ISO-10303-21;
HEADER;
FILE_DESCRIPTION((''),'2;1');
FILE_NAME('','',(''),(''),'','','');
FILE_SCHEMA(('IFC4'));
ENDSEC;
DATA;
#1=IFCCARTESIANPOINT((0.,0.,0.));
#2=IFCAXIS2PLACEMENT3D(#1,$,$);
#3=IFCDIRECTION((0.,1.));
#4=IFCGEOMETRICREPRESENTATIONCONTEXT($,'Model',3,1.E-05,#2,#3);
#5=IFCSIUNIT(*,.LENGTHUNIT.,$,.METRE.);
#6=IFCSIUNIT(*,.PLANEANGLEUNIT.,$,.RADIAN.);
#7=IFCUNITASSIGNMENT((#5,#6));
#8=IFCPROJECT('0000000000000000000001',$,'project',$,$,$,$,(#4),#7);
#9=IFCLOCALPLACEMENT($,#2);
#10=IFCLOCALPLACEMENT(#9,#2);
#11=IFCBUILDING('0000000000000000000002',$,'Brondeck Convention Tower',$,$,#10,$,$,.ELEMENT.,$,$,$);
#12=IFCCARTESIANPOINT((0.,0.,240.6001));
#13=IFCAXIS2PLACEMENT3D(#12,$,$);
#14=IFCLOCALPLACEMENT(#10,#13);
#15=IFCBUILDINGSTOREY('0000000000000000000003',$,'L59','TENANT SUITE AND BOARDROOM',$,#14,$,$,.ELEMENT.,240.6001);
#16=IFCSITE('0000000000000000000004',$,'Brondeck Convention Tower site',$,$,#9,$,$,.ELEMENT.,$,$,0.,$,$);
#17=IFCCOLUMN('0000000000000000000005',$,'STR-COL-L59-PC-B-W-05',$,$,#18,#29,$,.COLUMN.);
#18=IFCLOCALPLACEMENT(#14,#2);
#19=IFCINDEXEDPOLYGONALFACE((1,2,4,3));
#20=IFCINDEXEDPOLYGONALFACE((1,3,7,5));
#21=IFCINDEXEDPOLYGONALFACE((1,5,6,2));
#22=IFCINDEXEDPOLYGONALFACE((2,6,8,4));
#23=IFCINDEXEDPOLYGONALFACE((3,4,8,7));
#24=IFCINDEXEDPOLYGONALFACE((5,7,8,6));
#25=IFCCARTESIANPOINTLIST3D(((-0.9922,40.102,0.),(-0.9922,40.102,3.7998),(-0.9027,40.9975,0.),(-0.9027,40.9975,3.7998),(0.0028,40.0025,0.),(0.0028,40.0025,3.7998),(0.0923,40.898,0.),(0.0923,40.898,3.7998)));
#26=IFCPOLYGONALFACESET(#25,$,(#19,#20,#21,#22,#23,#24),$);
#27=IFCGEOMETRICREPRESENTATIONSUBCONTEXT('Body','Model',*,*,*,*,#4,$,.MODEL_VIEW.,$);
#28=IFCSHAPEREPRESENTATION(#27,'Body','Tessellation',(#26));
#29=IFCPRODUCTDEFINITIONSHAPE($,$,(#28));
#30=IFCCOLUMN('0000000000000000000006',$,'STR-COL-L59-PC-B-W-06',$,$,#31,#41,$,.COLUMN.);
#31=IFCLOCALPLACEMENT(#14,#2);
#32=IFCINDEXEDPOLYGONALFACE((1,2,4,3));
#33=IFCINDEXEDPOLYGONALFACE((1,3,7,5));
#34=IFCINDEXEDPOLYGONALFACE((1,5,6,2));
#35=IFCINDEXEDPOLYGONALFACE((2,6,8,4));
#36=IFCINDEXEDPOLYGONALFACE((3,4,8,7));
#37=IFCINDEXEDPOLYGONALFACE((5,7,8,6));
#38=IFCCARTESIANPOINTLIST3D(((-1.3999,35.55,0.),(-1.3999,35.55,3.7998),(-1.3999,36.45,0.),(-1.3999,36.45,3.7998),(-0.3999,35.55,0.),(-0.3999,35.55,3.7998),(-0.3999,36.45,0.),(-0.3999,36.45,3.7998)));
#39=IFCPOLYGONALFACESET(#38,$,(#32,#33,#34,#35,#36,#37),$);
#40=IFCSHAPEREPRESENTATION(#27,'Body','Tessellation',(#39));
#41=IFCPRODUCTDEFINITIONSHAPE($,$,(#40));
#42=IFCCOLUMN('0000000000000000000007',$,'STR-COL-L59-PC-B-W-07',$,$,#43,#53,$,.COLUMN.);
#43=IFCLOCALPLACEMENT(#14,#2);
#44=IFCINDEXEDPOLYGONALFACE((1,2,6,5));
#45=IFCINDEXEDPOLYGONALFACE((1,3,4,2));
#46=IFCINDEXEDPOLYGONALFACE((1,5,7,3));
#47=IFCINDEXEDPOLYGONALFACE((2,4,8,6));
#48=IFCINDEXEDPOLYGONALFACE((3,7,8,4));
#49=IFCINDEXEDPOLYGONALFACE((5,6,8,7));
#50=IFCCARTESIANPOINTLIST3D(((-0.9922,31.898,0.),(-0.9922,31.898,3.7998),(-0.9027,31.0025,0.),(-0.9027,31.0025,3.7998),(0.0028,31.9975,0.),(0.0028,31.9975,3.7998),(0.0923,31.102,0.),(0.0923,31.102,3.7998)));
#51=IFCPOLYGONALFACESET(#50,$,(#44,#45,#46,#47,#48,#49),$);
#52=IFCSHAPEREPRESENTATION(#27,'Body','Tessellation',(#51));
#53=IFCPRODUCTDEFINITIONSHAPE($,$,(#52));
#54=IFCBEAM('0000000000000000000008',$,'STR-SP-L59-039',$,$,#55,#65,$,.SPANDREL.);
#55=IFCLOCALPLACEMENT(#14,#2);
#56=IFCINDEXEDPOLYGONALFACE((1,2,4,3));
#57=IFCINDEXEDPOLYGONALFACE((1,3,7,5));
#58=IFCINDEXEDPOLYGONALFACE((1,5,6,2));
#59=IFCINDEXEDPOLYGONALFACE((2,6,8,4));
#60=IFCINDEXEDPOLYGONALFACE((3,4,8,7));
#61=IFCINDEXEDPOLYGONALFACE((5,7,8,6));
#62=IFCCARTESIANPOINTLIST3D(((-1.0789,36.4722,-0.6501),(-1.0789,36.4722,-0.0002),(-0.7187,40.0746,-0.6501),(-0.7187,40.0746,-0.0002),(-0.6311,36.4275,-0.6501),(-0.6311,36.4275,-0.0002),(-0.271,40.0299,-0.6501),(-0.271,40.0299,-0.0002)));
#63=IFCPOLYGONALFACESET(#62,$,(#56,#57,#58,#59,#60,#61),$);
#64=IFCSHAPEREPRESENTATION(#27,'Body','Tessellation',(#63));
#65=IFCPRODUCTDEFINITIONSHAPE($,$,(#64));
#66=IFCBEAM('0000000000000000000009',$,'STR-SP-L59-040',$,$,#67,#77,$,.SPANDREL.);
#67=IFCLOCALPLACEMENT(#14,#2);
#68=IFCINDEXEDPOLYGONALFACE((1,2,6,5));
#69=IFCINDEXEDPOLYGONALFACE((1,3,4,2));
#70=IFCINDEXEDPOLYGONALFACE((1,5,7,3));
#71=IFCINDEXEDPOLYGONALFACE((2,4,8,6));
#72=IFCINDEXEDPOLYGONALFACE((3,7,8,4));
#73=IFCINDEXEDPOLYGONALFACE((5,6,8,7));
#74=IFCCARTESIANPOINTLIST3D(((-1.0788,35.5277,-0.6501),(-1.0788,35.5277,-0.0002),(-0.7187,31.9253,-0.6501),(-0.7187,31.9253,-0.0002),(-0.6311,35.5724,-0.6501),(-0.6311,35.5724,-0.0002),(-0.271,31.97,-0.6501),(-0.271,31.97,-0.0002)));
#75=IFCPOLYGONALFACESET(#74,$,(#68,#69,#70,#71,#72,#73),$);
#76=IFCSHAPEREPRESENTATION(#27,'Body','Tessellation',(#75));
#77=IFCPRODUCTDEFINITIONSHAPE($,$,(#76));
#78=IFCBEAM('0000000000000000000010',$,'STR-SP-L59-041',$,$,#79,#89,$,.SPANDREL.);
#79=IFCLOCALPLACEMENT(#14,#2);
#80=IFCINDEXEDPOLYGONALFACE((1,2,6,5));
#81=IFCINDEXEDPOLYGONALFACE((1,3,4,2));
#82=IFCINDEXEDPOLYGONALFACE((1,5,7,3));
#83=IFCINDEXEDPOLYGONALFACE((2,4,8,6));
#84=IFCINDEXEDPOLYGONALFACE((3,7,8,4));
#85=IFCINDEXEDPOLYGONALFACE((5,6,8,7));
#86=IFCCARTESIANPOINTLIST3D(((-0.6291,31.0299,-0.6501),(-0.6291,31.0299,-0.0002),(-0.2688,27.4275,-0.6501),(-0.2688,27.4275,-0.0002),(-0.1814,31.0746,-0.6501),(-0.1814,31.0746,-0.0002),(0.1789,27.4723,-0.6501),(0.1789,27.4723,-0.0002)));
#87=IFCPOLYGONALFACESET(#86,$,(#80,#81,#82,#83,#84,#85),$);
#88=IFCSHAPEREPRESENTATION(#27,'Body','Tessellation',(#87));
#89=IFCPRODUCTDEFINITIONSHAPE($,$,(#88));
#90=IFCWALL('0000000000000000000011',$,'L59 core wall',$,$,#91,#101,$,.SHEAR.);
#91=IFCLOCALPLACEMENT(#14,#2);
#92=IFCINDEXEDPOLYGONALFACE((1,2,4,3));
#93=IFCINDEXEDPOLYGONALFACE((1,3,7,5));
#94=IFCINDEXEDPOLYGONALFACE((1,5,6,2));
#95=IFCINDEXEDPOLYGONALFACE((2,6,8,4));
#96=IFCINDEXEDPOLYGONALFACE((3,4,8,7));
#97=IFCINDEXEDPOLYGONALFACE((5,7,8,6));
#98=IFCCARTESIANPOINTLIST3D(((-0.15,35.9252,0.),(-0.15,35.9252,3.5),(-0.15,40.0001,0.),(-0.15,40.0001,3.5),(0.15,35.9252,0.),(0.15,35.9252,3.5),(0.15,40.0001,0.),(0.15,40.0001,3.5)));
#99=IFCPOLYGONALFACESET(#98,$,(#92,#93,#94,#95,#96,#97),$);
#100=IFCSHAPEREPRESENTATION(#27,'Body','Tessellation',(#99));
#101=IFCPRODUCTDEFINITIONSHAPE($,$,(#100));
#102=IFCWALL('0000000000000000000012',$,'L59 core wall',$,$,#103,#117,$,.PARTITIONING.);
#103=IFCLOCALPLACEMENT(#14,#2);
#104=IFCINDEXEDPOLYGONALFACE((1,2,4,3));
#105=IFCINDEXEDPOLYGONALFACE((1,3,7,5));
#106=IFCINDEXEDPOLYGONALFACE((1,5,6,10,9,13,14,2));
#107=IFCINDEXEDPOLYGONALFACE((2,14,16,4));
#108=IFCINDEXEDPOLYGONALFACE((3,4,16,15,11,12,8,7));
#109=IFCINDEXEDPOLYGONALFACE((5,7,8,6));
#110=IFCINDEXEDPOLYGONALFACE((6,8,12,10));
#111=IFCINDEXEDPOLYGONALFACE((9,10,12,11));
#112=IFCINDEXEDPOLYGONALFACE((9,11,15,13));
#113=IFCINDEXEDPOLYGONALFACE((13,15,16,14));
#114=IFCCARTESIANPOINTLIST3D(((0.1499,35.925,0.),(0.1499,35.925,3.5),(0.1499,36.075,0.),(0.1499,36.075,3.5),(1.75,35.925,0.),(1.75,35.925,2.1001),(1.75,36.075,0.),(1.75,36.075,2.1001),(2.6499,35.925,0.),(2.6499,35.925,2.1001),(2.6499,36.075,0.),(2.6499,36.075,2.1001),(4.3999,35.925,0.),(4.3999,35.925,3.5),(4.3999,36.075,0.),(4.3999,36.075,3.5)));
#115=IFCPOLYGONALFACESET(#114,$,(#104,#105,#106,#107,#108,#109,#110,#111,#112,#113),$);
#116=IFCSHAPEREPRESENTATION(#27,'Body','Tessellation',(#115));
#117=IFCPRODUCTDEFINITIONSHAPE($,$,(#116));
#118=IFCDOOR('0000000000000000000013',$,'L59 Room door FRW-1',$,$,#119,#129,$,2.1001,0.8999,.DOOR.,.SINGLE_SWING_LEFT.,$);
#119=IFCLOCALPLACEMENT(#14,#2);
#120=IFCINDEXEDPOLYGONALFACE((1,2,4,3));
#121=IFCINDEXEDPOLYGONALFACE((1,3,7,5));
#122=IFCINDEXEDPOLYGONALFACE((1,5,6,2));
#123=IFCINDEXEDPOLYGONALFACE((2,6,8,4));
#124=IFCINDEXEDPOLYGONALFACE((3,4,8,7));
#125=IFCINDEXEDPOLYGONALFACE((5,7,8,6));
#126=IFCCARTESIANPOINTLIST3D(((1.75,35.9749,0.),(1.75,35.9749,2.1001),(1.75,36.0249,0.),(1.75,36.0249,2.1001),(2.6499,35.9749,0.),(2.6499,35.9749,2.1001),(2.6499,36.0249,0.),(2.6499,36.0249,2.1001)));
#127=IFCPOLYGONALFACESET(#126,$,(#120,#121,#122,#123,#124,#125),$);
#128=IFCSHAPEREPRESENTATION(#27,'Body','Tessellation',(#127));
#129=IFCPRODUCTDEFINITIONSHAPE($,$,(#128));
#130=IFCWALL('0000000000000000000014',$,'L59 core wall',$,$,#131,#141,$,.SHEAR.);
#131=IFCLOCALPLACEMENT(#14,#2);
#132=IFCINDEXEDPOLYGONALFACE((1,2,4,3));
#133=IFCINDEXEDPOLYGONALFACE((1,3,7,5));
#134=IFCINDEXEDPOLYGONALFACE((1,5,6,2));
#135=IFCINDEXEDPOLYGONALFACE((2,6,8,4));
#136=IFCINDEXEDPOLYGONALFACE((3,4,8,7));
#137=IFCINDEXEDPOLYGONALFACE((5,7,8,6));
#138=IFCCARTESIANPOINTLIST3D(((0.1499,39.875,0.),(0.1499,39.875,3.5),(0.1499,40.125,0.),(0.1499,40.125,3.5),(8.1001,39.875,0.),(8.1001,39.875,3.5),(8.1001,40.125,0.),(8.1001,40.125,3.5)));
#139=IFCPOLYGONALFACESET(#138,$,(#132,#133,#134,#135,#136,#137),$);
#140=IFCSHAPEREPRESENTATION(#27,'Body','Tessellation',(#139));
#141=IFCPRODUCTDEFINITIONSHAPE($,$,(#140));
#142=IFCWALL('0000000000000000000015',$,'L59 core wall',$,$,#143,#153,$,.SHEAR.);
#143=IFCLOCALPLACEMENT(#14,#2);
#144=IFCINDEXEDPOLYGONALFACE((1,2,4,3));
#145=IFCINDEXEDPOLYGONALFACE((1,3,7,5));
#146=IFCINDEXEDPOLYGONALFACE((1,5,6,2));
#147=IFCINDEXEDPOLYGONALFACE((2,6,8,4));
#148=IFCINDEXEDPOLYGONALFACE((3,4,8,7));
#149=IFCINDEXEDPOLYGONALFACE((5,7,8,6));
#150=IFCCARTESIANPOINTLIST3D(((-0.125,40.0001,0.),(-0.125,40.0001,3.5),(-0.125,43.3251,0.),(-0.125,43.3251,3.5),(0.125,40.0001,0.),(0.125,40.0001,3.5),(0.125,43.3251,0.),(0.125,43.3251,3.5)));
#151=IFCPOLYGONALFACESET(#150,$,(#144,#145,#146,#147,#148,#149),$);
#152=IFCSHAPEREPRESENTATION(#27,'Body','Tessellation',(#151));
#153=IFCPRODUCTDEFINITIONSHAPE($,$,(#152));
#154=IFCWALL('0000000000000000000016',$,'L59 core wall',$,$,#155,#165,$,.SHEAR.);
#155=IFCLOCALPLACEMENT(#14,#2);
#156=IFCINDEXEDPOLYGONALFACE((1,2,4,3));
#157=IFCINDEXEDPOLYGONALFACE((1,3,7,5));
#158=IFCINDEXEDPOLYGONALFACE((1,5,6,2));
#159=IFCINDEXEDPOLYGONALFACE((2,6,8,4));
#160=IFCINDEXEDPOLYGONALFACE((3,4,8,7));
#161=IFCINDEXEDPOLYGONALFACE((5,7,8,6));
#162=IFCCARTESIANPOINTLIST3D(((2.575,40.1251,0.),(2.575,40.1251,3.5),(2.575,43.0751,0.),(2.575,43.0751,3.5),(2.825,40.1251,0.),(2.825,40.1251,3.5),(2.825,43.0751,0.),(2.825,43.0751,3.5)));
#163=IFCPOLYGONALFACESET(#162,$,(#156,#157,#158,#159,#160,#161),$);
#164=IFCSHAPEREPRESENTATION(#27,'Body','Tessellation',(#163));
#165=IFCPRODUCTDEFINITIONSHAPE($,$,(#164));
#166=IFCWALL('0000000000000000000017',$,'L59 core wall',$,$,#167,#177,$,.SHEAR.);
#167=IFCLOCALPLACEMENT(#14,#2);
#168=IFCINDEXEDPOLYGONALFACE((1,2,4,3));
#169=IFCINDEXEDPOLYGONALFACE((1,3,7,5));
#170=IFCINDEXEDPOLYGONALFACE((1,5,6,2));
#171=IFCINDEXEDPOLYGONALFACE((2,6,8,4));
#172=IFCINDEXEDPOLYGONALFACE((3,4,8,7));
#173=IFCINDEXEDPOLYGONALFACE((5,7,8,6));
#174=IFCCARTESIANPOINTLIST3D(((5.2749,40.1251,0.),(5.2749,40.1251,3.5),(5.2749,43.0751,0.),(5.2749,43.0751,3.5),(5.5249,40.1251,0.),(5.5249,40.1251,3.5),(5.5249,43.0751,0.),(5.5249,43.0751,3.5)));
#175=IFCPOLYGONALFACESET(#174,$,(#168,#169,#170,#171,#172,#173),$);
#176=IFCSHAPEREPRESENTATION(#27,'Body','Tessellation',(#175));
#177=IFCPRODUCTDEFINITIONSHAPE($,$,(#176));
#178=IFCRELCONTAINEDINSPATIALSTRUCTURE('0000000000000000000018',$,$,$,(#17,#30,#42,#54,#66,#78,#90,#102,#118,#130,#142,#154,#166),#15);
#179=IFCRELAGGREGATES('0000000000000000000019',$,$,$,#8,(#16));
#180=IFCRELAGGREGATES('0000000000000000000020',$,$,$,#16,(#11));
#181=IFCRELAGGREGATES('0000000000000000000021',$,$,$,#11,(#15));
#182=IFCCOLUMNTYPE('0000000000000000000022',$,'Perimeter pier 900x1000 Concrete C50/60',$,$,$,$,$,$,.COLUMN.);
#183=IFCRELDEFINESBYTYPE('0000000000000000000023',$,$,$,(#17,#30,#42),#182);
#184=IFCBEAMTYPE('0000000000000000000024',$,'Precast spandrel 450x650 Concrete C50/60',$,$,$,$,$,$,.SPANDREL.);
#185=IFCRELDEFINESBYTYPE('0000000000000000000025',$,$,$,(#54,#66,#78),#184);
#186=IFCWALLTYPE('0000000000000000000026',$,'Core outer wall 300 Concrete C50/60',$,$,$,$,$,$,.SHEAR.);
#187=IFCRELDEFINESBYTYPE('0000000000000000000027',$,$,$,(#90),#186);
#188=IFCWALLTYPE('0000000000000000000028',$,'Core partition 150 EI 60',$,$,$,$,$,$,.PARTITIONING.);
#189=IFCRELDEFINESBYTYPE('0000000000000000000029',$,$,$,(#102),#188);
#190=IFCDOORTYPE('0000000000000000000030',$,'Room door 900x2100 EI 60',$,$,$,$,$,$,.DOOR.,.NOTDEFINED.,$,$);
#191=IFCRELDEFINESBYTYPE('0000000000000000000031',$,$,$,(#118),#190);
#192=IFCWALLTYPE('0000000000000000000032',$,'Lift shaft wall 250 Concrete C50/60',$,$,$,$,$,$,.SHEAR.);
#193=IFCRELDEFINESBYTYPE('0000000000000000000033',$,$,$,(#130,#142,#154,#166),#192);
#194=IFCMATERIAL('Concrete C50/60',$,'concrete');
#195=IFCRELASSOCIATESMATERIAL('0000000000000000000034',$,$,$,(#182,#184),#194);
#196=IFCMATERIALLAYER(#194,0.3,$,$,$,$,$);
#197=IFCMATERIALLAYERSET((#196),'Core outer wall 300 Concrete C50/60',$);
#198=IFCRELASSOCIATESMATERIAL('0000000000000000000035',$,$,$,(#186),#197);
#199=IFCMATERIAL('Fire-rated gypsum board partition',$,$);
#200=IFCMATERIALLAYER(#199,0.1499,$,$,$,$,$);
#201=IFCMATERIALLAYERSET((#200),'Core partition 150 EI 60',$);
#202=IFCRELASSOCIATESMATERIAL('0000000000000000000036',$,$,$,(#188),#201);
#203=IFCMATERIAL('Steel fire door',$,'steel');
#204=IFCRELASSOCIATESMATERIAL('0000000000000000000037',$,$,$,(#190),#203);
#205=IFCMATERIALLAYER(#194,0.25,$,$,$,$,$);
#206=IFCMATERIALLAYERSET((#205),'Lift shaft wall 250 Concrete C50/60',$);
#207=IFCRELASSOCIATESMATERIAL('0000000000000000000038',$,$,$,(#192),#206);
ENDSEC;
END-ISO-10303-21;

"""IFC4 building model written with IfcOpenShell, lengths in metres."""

from ifc_helpers import new_model, si_unit, direction, frame, frame_2d, origin, origin_2d, place, context, subcontext, project, spatial, rectangle, extrude, material, layer, layer_set, material_profile, profile_set, type_object, element, fill, save


model = new_model("IFC4")

# Units and contexts
model_context = context("Model", 3, precision=1e-05, world=origin(), true_north=direction((0.0, 1.0)))
body_context = subcontext(model_context, "Body", "Model", "MODEL_VIEW")
ifc_project = project(units=[si_unit("LENGTHUNIT", "METRE"), si_unit("PLANEANGLEUNIT", "RADIAN")], contexts=[model_context])

# Site, building, storey
site_placement = place(None, origin())
site = spatial("IfcSite", under=ifc_project, at=site_placement, Name="Brondeck Convention Tower site", CompositionType="ELEMENT", RefElevation=0.0)
building_placement = place(site_placement, origin())
building = spatial("IfcBuilding", under=site, at=building_placement, Name="Brondeck Convention Tower", CompositionType="ELEMENT")
storey_placement = place(building_placement, frame((0.0, 0.0, 240.6001)))
storey = spatial("IfcBuildingStorey", under=building, at=storey_placement, Name="L59", Description="TENANT SUITE AND BOARDROOM", CompositionType="ELEMENT", Elevation=240.6001)

# Columns
ifc_material_1 = material(Name="Concrete C50/60", Category="concrete")
ifc_material_profile_1 = material_profile(ifc_material_1, rectangle(XDim=0.8999, YDim=1.0, at=origin_2d()), Name="Perimeter pier 900x1000 Concrete C50/60")
ifc_profile_set_1 = profile_set([ifc_material_profile_1], Name="Concrete C50/60")
column_type = type_object("IfcColumnType", Name="Perimeter pier 900x1000 Concrete C50/60", PredefinedType="COLUMN", material=ifc_profile_set_1)
for number, where, z_axis, x_axis, name in (
    (1, (-0.45, 40.5, 0.0), (0.0, 0.0, 1.0), (-0.099504, -0.995037, 0.0), "STR-COL-L59-PC-B-W-05"),
    (2, (-0.8999, 36.0, 0.0), (0.0, 0.0, 1.0), (0.0, -1.0, 0.0), "STR-COL-L59-PC-B-W-06"),
    (3, (-0.45, 31.5, 0.0), (0.0, 0.0, 1.0), (0.099504, -0.995037, 0.0), "STR-COL-L59-PC-B-W-07"),
):
    element("IfcColumn", number, at=place(storey_placement, frame(where, z_axis=z_axis, x_axis=x_axis)), inside=storey, type_object=column_type, Name=name, PredefinedType="COLUMN", context=body_context, shape_type="SweptSolid", body=[
        extrude(rectangle(XDim=0.8999, YDim=1.0, at=origin_2d()), origin(), (0.0, 0.0, 1.0), 3.7998),
    ])

# Beams
ifc_material_profile_2 = material_profile(ifc_material_1, rectangle(XDim=0.45, YDim=0.6499, at=origin_2d()), Name="Precast spandrel 450x650 Concrete C50/60")
ifc_profile_set_2 = profile_set([ifc_material_profile_2], Name="Concrete C50/60")
beam_type = type_object("IfcBeamType", Name="Precast spandrel 450x650 Concrete C50/60", PredefinedType="SPANDREL", material=ifc_profile_set_2)
for number, where, z_axis, x_axis, name in (
    (4, (-0.4949, 40.0522, -0.3252), (-0.09947, -0.995041, 0.0), (0.995041, -0.09947, 0.0), "STR-SP-L59-039"),
    (5, (-0.855, 35.55, -0.3252), (0.09947, -0.995041, 0.0), (0.995041, 0.09947, 0.0), "STR-SP-L59-040"),
    (6, (-0.4053, 31.0522, -0.3252), (0.099537, -0.995034, 0.0), (0.995034, 0.099537, 0.0), "STR-SP-L59-041"),
):
    element("IfcBeam", number, at=place(storey_placement, frame(where, z_axis=z_axis, x_axis=x_axis)), inside=storey, type_object=beam_type, Name=name, PredefinedType="SPANDREL", context=body_context, shape_type="SweptSolid", body=[
        extrude(rectangle(XDim=0.45, YDim=0.6499, at=origin_2d()), origin(), (0.0, 0.0, 1.0), 3.6204),
    ])

# Wall
ifc_layer_1 = layer(ifc_material_1, 0.3)
ifc_layer_set_1 = layer_set([ifc_layer_1], Name="Core outer wall 300 Concrete C50/60")
wall_type_1 = type_object("IfcWallType", Name="Core outer wall 300 Concrete C50/60", PredefinedType="SHEAR", material=ifc_layer_set_1)
wall_1_placement = place(storey_placement, frame((0.0, 35.925, 0.0), z_axis=(0.0, 0.0, 1.0), x_axis=(0.0, 1.0, 0.0)))
element("IfcWall", 7, at=wall_1_placement, inside=storey, type_object=wall_type_1, Name="L59 core wall", PredefinedType="SHEAR", context=body_context, shape_type="SweptSolid", body=[
    extrude(rectangle(XDim=4.075, YDim=0.3, at=frame_2d((2.0376, 0.0))), origin(), (0.0, 0.0, 1.0), 3.5),
])

# Wall, opening, door
ifc_material_2 = material(Name="Fire-rated gypsum board partition")
ifc_layer_2 = layer(ifc_material_2, 0.1499)
ifc_layer_set_2 = layer_set([ifc_layer_2], Name="Core partition 150 EI 60")
wall_type_2 = type_object("IfcWallType", Name="Core partition 150 EI 60", PredefinedType="PARTITIONING", material=ifc_layer_set_2)
wall_2_placement = place(storey_placement, frame((0.1499, 36.0, 0.0), z_axis=(0.0, 0.0, 1.0), x_axis=(1.0, 0.0, 0.0)))
wall_2 = element("IfcWall", 8, at=wall_2_placement, inside=storey, type_object=wall_type_2, Name="L59 core wall", PredefinedType="PARTITIONING", context=body_context, shape_type="SweptSolid", body=[
    extrude(rectangle(XDim=4.25, YDim=0.1499, at=frame_2d((2.125, 0.0))), origin(), (0.0, 0.0, 1.0), 3.5),
])
opening_1_placement = place(wall_2_placement, frame((1.6001, 0.0, 0.0)))
opening_1 = element("IfcOpeningElement", 9, at=opening_1_placement, cuts=wall_2, PredefinedType="OPENING", context=body_context, shape_type="SweptSolid", body=[
    extrude(rectangle(XDim=0.8999, YDim=2.1001, at=frame_2d((0.45, 1.05))), frame((0.0, 0.085, 0.0), z_axis=(0.0, -1.0, 0.0), x_axis=(1.0, 0.0, 0.0)), (0.0, 0.0, 1.0), 0.1699),
])
ifc_material_3 = material(Name="Steel fire door", Category="steel")
door_type_1 = type_object("IfcDoorType", Name="Room door 900x2100 EI 60", OperationType="NOTDEFINED", PredefinedType="DOOR", material=ifc_material_3)
door_1_placement = place(opening_1_placement, origin())
door_1 = element("IfcDoor", 10, at=door_1_placement, inside=storey, type_object=door_type_1, Name="L59 Room door FRW-1", OperationType="SINGLE_SWING_LEFT", OverallHeight=2.1001, OverallWidth=0.8999, PredefinedType="DOOR", context=body_context, shape_type="SweptSolid", body=[
    extrude(rectangle(XDim=0.8999, YDim=2.1001, at=frame_2d((0.45, 1.05))), frame((0.0, 0.0249, 0.0), z_axis=(0.0, -1.0, 0.0), x_axis=(1.0, 0.0, 0.0)), (0.0, 0.0, 1.0), 0.05),
])
fill(opening_1, door_1)

# Walls
ifc_layer_3 = layer(ifc_material_1, 0.25)
ifc_layer_set_3 = layer_set([ifc_layer_3], Name="Lift shaft wall 250 Concrete C50/60")
wall_type_3 = type_object("IfcWallType", Name="Lift shaft wall 250 Concrete C50/60", PredefinedType="SHEAR", material=ifc_layer_set_3)
wall_3_placement = place(storey_placement, frame((0.1499, 40.0, 0.0), z_axis=(0.0, 0.0, 1.0), x_axis=(1.0, 0.0, 0.0)))
element("IfcWall", 11, at=wall_3_placement, inside=storey, type_object=wall_type_3, Name="L59 core wall", PredefinedType="SHEAR", context=body_context, shape_type="SweptSolid", body=[
    extrude(rectangle(XDim=7.9502, YDim=0.25, at=frame_2d((3.9751, 0.0))), origin(), (0.0, 0.0, 1.0), 3.5),
])
wall_4_placement = place(storey_placement, frame((0.0, 40.0, 0.0), z_axis=(0.0, 0.0, 1.0), x_axis=(0.0, 1.0, 0.0)))
element("IfcWall", 12, at=wall_4_placement, inside=storey, type_object=wall_type_3, Name="L59 core wall", PredefinedType="SHEAR", context=body_context, shape_type="SweptSolid", body=[
    extrude(rectangle(XDim=3.325, YDim=0.25, at=frame_2d((1.6626, 0.0))), origin(), (0.0, 0.0, 1.0), 3.5),
])
for number, where, z_axis, x_axis, name in (
    (13, (2.7, 40.125, 0.0), (0.0, 0.0, 1.0), (0.0, 1.0, 0.0), "L59 core wall"),
    (14, (5.3999, 40.125, 0.0), (0.0, 0.0, 1.0), (0.0, 1.0, 0.0), "L59 core wall"),
):
    element("IfcWall", number, at=place(storey_placement, frame(where, z_axis=z_axis, x_axis=x_axis)), inside=storey, type_object=wall_type_3, Name=name, PredefinedType="SHEAR", context=body_context, shape_type="SweptSolid", body=[
        extrude(rectangle(XDim=2.95, YDim=0.25, at=frame_2d((1.4751, 0.0))), origin(), (0.0, 0.0, 1.0), 3.5),
    ])

save(model, "model.ifc")
